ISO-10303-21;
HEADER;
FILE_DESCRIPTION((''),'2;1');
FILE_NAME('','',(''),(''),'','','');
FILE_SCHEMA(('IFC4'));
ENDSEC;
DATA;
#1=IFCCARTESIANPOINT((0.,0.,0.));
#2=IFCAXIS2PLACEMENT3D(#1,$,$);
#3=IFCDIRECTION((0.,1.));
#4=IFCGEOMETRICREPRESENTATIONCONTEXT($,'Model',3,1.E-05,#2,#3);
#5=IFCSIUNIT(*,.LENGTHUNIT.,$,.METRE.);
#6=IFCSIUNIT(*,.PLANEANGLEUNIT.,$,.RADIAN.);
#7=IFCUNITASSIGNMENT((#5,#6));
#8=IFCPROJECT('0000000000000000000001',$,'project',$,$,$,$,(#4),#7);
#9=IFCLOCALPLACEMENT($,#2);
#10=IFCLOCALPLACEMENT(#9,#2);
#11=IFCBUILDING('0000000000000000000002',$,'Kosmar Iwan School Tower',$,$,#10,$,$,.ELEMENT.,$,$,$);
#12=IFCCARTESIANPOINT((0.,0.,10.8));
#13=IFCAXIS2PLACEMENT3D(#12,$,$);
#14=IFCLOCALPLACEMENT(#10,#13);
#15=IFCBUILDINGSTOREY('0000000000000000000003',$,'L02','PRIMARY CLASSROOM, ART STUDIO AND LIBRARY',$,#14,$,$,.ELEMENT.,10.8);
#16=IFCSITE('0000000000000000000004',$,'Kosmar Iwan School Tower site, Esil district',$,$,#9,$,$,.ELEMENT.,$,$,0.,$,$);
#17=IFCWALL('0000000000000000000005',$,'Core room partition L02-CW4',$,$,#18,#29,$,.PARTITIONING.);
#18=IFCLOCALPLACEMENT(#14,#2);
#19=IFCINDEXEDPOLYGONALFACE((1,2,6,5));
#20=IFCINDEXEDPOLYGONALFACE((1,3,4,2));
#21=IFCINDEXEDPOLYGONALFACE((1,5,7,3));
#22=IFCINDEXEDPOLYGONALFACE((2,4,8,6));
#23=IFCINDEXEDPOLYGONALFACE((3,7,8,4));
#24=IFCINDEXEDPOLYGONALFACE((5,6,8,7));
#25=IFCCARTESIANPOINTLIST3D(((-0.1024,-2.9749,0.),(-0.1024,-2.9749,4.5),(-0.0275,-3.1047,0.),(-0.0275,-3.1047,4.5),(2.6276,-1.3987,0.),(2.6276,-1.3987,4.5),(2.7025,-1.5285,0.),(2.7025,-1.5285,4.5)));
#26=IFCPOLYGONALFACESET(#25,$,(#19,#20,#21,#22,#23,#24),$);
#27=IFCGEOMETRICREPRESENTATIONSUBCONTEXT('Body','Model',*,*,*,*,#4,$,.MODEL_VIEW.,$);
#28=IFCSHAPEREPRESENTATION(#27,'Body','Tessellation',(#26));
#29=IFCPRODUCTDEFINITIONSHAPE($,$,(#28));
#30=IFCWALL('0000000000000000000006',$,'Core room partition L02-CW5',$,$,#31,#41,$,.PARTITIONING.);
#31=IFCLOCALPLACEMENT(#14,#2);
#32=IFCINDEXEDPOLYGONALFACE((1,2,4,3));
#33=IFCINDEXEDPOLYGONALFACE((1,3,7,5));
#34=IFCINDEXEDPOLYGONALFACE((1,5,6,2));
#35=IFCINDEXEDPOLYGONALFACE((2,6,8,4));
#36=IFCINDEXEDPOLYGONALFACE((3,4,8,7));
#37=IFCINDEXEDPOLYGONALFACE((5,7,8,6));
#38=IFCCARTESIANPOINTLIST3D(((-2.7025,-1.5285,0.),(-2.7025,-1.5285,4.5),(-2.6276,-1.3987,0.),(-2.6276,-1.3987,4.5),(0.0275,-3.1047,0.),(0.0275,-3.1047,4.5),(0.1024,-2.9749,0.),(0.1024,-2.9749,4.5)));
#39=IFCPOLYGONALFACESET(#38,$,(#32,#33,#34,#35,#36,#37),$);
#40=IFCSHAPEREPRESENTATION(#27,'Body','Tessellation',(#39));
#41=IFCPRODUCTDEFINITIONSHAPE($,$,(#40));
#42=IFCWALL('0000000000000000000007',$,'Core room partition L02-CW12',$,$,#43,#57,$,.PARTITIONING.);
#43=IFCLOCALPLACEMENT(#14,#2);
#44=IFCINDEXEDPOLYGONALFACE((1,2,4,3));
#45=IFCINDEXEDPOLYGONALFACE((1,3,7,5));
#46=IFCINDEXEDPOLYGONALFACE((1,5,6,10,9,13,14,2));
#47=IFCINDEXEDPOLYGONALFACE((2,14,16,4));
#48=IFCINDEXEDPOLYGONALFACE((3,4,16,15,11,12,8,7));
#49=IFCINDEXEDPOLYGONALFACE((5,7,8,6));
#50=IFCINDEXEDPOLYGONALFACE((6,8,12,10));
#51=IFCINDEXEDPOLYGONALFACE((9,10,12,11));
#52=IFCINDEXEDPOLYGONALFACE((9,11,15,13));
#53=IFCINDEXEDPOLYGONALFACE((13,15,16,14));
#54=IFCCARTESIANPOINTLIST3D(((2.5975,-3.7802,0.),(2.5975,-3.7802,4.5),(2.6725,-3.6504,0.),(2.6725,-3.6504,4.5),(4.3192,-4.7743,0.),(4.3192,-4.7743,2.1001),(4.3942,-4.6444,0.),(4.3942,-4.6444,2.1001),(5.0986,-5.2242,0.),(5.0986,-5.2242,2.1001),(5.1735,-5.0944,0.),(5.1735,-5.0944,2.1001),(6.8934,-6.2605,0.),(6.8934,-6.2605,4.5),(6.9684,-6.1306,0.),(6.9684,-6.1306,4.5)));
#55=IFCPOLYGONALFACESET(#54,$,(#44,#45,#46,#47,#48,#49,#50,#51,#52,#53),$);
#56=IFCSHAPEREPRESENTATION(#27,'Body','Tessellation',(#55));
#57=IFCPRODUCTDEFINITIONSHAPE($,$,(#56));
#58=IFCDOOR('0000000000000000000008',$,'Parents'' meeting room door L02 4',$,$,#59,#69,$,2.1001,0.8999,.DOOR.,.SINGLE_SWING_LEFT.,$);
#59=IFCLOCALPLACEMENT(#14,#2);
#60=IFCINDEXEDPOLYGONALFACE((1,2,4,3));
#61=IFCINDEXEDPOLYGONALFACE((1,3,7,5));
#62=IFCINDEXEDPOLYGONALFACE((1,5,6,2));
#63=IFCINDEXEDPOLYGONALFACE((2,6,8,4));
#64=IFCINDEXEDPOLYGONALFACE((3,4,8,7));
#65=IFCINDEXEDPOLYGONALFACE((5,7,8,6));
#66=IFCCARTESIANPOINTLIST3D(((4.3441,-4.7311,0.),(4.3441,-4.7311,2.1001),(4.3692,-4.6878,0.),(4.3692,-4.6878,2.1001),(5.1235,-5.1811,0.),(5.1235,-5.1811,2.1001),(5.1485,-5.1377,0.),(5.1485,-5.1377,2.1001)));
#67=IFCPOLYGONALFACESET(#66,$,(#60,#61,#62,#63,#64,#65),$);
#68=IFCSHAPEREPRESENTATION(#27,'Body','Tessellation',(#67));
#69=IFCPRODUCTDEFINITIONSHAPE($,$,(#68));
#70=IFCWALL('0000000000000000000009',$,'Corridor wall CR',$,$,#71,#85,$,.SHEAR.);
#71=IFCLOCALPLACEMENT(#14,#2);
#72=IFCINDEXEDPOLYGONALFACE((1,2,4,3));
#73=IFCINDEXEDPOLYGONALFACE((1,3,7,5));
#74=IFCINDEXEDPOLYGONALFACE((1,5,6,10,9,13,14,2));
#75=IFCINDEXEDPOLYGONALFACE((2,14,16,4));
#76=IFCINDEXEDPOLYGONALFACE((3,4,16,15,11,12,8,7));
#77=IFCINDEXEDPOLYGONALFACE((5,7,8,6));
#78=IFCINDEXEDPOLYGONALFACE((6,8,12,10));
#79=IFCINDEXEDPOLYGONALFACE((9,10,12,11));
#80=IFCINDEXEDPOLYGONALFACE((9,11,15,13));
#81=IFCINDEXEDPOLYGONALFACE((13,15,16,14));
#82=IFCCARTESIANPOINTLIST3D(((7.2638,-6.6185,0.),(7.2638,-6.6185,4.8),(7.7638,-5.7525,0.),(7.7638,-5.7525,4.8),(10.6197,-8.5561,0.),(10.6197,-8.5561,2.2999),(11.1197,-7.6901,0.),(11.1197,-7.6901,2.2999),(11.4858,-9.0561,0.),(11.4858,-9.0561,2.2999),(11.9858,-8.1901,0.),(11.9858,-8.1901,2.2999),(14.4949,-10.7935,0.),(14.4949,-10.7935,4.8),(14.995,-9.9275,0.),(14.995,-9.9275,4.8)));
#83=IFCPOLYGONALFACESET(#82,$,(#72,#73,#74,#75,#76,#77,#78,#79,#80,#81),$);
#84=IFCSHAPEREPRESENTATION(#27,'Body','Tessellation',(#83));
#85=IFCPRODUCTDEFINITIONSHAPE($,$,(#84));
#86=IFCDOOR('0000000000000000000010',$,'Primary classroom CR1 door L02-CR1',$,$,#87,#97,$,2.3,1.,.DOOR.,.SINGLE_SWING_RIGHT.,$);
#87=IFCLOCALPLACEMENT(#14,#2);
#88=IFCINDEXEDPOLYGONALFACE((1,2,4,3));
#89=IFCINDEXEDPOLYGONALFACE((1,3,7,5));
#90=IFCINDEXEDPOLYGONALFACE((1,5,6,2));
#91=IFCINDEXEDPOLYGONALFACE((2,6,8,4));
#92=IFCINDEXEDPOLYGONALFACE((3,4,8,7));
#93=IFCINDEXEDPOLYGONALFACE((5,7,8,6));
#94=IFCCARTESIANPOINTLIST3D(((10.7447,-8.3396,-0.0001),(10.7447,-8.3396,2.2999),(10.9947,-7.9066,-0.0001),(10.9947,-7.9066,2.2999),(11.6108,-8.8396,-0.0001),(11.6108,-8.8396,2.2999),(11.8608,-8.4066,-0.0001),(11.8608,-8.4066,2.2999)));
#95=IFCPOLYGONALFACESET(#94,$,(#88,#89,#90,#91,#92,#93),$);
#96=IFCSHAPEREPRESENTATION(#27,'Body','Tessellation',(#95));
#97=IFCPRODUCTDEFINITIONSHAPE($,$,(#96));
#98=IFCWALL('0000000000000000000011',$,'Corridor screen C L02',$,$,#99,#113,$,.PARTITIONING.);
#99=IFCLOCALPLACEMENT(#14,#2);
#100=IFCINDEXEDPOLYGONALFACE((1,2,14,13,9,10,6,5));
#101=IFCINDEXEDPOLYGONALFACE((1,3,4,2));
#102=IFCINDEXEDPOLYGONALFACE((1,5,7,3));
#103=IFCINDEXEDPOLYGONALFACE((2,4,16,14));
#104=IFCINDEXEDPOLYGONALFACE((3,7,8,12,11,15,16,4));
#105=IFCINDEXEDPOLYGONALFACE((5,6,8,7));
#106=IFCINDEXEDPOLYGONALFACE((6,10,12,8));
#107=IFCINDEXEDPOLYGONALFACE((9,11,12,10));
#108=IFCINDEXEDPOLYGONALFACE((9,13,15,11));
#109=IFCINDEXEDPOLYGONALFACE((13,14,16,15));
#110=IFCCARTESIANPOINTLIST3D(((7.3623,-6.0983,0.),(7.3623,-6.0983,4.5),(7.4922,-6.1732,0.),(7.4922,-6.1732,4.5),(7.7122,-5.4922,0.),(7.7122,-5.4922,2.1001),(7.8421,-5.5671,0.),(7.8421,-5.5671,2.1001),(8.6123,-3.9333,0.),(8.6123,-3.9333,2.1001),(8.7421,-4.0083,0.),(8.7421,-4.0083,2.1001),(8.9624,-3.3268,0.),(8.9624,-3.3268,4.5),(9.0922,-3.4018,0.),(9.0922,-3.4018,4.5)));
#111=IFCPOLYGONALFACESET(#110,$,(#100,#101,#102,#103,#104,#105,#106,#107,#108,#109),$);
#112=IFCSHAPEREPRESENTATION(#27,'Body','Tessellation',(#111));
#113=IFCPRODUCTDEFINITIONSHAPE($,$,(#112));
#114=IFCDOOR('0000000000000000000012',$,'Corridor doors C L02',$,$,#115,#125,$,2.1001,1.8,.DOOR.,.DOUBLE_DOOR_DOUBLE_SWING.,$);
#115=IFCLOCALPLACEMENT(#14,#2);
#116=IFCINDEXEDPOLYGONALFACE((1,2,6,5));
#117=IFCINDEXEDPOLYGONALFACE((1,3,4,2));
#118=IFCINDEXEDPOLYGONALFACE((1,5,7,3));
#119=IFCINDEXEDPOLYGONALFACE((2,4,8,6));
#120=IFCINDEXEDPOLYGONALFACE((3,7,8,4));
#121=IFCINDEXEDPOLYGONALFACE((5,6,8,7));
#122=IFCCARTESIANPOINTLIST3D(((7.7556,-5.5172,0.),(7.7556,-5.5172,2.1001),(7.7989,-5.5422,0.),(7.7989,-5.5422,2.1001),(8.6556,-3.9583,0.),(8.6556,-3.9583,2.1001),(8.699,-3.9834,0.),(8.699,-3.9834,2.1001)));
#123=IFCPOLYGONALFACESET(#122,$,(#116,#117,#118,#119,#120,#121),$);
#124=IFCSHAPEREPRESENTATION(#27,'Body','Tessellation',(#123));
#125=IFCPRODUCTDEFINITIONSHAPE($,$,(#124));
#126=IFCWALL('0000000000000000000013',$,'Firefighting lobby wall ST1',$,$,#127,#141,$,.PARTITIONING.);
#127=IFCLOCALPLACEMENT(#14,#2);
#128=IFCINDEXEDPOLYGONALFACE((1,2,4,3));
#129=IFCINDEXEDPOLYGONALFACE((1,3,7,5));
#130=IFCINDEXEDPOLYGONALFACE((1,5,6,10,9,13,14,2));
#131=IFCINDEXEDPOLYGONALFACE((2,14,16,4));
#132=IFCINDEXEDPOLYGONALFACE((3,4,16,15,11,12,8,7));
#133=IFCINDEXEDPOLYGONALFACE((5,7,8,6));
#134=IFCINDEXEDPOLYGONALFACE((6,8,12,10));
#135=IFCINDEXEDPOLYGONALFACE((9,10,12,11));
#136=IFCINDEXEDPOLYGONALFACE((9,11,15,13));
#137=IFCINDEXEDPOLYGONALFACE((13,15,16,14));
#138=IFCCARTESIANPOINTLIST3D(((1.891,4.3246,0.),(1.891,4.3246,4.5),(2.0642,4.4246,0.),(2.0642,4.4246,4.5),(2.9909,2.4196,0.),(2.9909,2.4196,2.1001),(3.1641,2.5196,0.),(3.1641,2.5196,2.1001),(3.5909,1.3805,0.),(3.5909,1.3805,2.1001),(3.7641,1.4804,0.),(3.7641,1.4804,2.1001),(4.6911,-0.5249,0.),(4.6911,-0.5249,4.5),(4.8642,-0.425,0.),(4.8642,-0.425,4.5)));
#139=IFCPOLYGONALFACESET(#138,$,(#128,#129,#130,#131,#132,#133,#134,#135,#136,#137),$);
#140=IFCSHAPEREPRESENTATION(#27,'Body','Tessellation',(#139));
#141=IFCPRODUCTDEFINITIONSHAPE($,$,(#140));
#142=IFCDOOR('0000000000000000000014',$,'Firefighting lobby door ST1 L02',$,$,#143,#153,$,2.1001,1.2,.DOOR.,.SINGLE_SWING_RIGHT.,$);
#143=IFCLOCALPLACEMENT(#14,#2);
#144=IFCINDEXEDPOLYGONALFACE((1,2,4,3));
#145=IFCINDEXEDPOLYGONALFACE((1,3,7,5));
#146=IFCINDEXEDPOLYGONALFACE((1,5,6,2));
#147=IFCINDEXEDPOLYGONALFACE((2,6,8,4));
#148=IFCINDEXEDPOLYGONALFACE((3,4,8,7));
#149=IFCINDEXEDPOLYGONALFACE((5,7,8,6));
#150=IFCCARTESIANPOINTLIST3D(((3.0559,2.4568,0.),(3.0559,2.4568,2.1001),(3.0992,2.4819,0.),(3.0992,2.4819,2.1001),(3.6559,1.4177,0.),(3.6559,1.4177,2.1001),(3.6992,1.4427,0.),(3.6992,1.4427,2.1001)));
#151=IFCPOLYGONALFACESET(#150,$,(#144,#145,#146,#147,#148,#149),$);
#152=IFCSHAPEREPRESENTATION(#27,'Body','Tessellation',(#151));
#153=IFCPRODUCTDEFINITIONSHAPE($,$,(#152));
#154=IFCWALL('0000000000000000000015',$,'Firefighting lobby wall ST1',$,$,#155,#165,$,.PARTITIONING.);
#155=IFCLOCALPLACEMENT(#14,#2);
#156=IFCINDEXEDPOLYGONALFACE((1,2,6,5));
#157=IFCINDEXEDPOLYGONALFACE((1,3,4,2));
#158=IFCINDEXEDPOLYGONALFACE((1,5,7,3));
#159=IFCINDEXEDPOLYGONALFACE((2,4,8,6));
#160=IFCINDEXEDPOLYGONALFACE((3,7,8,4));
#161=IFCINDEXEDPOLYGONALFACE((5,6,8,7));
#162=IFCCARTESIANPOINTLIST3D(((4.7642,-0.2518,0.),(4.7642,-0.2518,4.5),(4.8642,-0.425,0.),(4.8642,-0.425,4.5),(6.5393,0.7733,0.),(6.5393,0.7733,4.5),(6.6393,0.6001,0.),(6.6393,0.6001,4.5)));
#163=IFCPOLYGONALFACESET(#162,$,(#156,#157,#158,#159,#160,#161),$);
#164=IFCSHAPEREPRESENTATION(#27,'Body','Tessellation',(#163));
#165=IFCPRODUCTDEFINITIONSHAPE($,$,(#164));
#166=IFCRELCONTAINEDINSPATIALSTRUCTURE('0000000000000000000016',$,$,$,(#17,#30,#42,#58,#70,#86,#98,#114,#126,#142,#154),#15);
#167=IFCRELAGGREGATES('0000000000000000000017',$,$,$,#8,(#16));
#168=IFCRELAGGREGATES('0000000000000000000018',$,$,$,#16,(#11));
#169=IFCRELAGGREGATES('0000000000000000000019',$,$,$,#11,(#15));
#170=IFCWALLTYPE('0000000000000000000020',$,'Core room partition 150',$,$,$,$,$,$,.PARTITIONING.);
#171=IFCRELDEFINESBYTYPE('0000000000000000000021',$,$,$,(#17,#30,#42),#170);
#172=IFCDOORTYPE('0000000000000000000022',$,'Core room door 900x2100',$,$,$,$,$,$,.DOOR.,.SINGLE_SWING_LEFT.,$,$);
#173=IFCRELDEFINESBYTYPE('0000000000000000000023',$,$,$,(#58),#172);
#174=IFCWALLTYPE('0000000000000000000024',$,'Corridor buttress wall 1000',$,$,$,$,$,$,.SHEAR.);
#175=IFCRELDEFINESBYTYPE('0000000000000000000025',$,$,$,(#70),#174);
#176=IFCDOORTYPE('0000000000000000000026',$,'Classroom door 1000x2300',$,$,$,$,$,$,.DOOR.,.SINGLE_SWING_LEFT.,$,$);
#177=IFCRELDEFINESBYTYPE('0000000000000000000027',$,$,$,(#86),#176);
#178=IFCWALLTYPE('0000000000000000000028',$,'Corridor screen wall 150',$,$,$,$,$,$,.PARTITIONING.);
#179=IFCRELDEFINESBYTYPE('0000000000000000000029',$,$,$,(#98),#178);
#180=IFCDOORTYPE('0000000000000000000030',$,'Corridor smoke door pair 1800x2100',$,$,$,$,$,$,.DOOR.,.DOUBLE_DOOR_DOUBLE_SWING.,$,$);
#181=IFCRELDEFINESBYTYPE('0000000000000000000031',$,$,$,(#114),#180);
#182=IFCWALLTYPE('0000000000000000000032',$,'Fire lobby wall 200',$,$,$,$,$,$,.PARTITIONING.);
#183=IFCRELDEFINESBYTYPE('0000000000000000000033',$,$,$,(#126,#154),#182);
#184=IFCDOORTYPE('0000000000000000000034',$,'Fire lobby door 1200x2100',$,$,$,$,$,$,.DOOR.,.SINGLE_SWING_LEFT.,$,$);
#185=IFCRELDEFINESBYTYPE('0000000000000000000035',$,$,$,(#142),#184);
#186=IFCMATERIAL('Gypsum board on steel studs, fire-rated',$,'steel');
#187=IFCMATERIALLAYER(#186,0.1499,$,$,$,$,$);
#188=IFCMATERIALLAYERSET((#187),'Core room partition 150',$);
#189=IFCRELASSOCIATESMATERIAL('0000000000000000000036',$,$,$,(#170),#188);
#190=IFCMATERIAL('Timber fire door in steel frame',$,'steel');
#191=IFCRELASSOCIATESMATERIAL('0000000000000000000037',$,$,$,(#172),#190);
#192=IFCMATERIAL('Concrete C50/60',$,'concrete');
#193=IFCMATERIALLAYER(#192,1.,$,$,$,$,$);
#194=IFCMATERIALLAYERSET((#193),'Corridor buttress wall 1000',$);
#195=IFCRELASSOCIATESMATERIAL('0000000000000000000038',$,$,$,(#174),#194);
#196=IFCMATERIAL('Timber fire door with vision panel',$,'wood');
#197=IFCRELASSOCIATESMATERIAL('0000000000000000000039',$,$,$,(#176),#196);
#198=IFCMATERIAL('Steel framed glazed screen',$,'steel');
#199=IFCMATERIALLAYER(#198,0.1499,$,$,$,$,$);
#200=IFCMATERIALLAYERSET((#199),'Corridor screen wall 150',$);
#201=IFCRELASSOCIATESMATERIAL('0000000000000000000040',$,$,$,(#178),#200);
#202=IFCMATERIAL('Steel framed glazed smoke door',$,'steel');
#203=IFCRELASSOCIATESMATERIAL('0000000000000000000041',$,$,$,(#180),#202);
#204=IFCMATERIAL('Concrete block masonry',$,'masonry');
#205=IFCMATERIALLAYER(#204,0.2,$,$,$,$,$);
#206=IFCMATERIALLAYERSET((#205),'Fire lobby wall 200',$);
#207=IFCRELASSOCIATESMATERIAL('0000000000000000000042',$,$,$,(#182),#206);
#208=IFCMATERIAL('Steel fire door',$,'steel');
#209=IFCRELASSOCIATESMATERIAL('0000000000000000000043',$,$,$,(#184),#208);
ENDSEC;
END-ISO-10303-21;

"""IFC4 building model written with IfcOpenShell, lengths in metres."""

from ifc_helpers import new_model, si_unit, direction, frame, frame_2d, origin, place, context, subcontext, project, spatial, rectangle, extrude, material, layer, layer_set, type_object, element, fill, save


model = new_model("IFC4")

# Units and contexts
model_context = context("Model", 3, precision=1e-05, world=origin(), true_north=direction((0.0, 1.0)))
body_context = subcontext(model_context, "Body", "Model", "MODEL_VIEW")
ifc_project = project(units=[si_unit("LENGTHUNIT", "METRE"), si_unit("PLANEANGLEUNIT", "RADIAN")], contexts=[model_context])

# Site, building, storey
site_placement = place(None, origin())
site = spatial("IfcSite", under=ifc_project, at=site_placement, Name="Kosmar Iwan School Tower site, Esil district", CompositionType="ELEMENT", RefElevation=0.0)
building_placement = place(site_placement, origin())
building = spatial("IfcBuilding", under=site, at=building_placement, Name="Kosmar Iwan School Tower", CompositionType="ELEMENT")
storey_placement = place(building_placement, frame((0.0, 0.0, 10.8)))
storey = spatial("IfcBuildingStorey", under=building, at=storey_placement, Name="L02", Description="PRIMARY CLASSROOM, ART STUDIO AND LIBRARY", CompositionType="ELEMENT", Elevation=10.8)

# Walls
ifc_material_1 = material(Name="Gypsum board on steel studs, fire-rated", Category="steel")
ifc_layer_1 = layer(ifc_material_1, 0.1499)
ifc_layer_set_1 = layer_set([ifc_layer_1], Name="Core room partition 150")
wall_type_1 = type_object("IfcWallType", Name="Core room partition 150", PredefinedType="PARTITIONING", material=ifc_layer_set_1)
for number, where, z_axis, x_axis, name in (
    (1, (2.665, -1.4636, 0.0), (0.0, 0.0, 1.0), (-0.866023, -0.500004, 0.0), "Core room partition L02-CW4"),
    (2, (0.0649, -3.0398, 0.0), (0.0, 0.0, 1.0), (-0.866023, 0.500004, 0.0), "Core room partition L02-CW5"),
):
    element("IfcWall", number, at=place(storey_placement, frame(where, z_axis=z_axis, x_axis=x_axis)), inside=storey, type_object=wall_type_1, Name=name, PredefinedType="PARTITIONING", context=body_context, shape_type="SweptSolid", body=[
        extrude(rectangle(XDim=3.1523, YDim=0.1499, at=frame_2d((1.5762, 0.0))), origin(), (0.0, 0.0, 1.0), 4.5),
    ])

# Walls, openings, doors
wall_1_placement = place(storey_placement, frame((2.635, -3.7153, 0.0), z_axis=(0.0, 0.0, 1.0), x_axis=(0.866027, -0.499998, 0.0)))
wall_1 = element("IfcWall", 3, at=wall_1_placement, inside=storey, type_object=wall_type_1, Name="Core room partition L02-CW12", PredefinedType="PARTITIONING", context=body_context, shape_type="SweptSolid", body=[
    extrude(rectangle(XDim=4.9604, YDim=0.1499, at=frame_2d((2.4802, 0.0))), origin(), (0.0, 0.0, 1.0), 4.5),
])
opening_1_placement = place(wall_1_placement, frame((1.988, 0.0, 0.0)))
opening_1 = element("IfcOpeningElement", 4, at=opening_1_placement, cuts=wall_1, PredefinedType="OPENING", context=body_context, shape_type="SweptSolid", body=[
    extrude(rectangle(XDim=0.8999, YDim=2.1001, at=frame_2d((0.45, 1.05))), frame((0.0, 0.0869, 0.0), z_axis=(0.0, -1.0, 0.0), x_axis=(1.0, 0.0, 0.0)), (0.0, 0.0, 1.0), 0.1738),
])
ifc_material_2 = material(Name="Timber fire door in steel frame", Category="steel")
door_type_1 = type_object("IfcDoorType", Name="Core room door 900x2100", OperationType="SINGLE_SWING_LEFT", PredefinedType="DOOR", material=ifc_material_2)
door_1_placement = place(opening_1_placement, origin())
door_1 = element("IfcDoor", 5, at=door_1_placement, inside=storey, type_object=door_type_1, Name="Parents' meeting room door L02 4", OperationType="SINGLE_SWING_LEFT", OverallHeight=2.1001, OverallWidth=0.8999, PredefinedType="DOOR", context=body_context, shape_type="SweptSolid", body=[
    extrude(rectangle(XDim=0.8999, YDim=2.1001, at=frame_2d((0.45, 1.05))), frame((0.0, 0.0249, 0.0), z_axis=(0.0, -1.0, 0.0), x_axis=(1.0, 0.0, 0.0)), (0.0, 0.0, 1.0), 0.05),
])
fill(opening_1, door_1)
ifc_material_3 = material(Name="Concrete C50/60", Category="concrete")
ifc_layer_2 = layer(ifc_material_3, 1.0)
ifc_layer_set_2 = layer_set([ifc_layer_2], Name="Corridor buttress wall 1000")
wall_type_2 = type_object("IfcWallType", Name="Corridor buttress wall 1000", PredefinedType="SHEAR", material=ifc_layer_set_2)
wall_2_placement = place(storey_placement, frame((7.5139, -6.1855, 0.0), z_axis=(0.0, 0.0, 1.0), x_axis=(0.86602, -0.50001, 0.0)))
wall_2 = element("IfcWall", 6, at=wall_2_placement, inside=storey, type_object=wall_type_2, Name="Corridor wall CR", PredefinedType="SHEAR", context=body_context, shape_type="SweptSolid", body=[
    extrude(rectangle(XDim=8.3499, YDim=1.0, at=frame_2d((4.1748, 0.0))), origin(), (0.0, 0.0, 1.0), 4.8),
])
opening_2_placement = place(wall_2_placement, frame((3.875, 0.0, 0.0)))
opening_2 = element("IfcOpeningElement", 7, at=opening_2_placement, cuts=wall_2, PredefinedType="OPENING", context=body_context, shape_type="SweptSolid", body=[
    extrude(rectangle(XDim=1.0, YDim=2.3, at=frame_2d((0.5, 1.1499))), frame((0.0, 0.512, 0.0), z_axis=(0.0, -1.0, 0.0), x_axis=(1.0, 0.0, 0.0)), (0.0, 0.0, 1.0), 1.0239),
])
ifc_material_4 = material(Name="Timber fire door with vision panel", Category="wood")
door_type_2 = type_object("IfcDoorType", Name="Classroom door 1000x2300", OperationType="SINGLE_SWING_LEFT", PredefinedType="DOOR", material=ifc_material_4)
door_2_placement = place(opening_2_placement, origin())
door_2 = element("IfcDoor", 8, at=door_2_placement, inside=storey, type_object=door_type_2, Name="Primary classroom CR1 door L02-CR1", OperationType="SINGLE_SWING_RIGHT", OverallHeight=2.3, OverallWidth=1.0, PredefinedType="DOOR", context=body_context, shape_type="SweptSolid", body=[
    extrude(rectangle(XDim=1.0, YDim=2.3, at=frame_2d((0.5, 1.1499))), frame((0.0, 0.25, 0.0), z_axis=(0.0, -1.0, 0.0), x_axis=(1.0, 0.0, 0.0)), (0.0, 0.0, 1.0), 0.5),
])
fill(opening_2, door_2)
ifc_material_5 = material(Name="Steel framed glazed screen", Category="steel")
ifc_layer_3 = layer(ifc_material_5, 0.1499)
ifc_layer_set_3 = layer_set([ifc_layer_3], Name="Corridor screen wall 150")
wall_type_3 = type_object("IfcWallType", Name="Corridor screen wall 150", PredefinedType="PARTITIONING", material=ifc_layer_set_3)
wall_3_placement = place(storey_placement, frame((7.4272, -6.1357, 0.0), z_axis=(0.0, 0.0, 1.0), x_axis=(0.499995, 0.866028, 0.0)))
wall_3 = element("IfcWall", 9, at=wall_3_placement, inside=storey, type_object=wall_type_3, Name="Corridor screen C L02", PredefinedType="PARTITIONING", context=body_context, shape_type="SweptSolid", body=[
    extrude(rectangle(XDim=3.2002, YDim=0.1499, at=frame_2d((1.6001, 0.0))), origin(), (0.0, 0.0, 1.0), 4.5),
])
opening_3_placement = place(wall_3_placement, frame((0.7, 0.0, 0.0)))
opening_3 = element("IfcOpeningElement", 10, at=opening_3_placement, cuts=wall_3, PredefinedType="OPENING", context=body_context, shape_type="SweptSolid", body=[
    extrude(rectangle(XDim=1.8, YDim=2.1001, at=frame_2d((0.8999, 1.05))), frame((0.0, 0.0869, 0.0), z_axis=(0.0, -1.0, 0.0), x_axis=(1.0, 0.0, 0.0)), (0.0, 0.0, 1.0), 0.1738),
])
ifc_material_6 = material(Name="Steel framed glazed smoke door", Category="steel")
door_type_3 = type_object("IfcDoorType", Name="Corridor smoke door pair 1800x2100", OperationType="DOUBLE_DOOR_DOUBLE_SWING", PredefinedType="DOOR", material=ifc_material_6)
door_3_placement = place(opening_3_placement, origin())
door_3 = element("IfcDoor", 11, at=door_3_placement, inside=storey, type_object=door_type_3, Name="Corridor doors C L02", OperationType="DOUBLE_DOOR_DOUBLE_SWING", OverallHeight=2.1001, OverallWidth=1.8, PredefinedType="DOOR", context=body_context, shape_type="SweptSolid", body=[
    extrude(rectangle(XDim=1.8, YDim=2.1001, at=frame_2d((0.8999, 1.05))), frame((0.0, 0.0249, 0.0), z_axis=(0.0, -1.0, 0.0), x_axis=(1.0, 0.0, 0.0)), (0.0, 0.0, 1.0), 0.05),
])
fill(opening_3, door_3)
ifc_material_7 = material(Name="Concrete block masonry", Category="masonry")
ifc_layer_4 = layer(ifc_material_7, 0.2)
ifc_layer_set_4 = layer_set([ifc_layer_4], Name="Fire lobby wall 200")
wall_type_4 = type_object("IfcWallType", Name="Fire lobby wall 200", PredefinedType="PARTITIONING", material=ifc_layer_set_4)
wall_4_placement = place(storey_placement, frame((4.7776, -0.4749, 0.0), z_axis=(0.0, 0.0, 1.0), x_axis=(-0.500017, 0.866016, 0.0)))
wall_4 = element("IfcWall", 12, at=wall_4_placement, inside=storey, type_object=wall_type_4, Name="Firefighting lobby wall ST1", PredefinedType="PARTITIONING", context=body_context, shape_type="SweptSolid", body=[
    extrude(rectangle(XDim=5.5999, YDim=0.2, at=frame_2d((2.7998, 0.0))), origin(), (0.0, 0.0, 1.0), 4.5),
])
opening_4_placement = place(wall_4_placement, frame((2.2, 0.0, 0.0)))
opening_4 = element("IfcOpeningElement", 13, at=opening_4_placement, cuts=wall_4, PredefinedType="OPENING", context=body_context, shape_type="SweptSolid", body=[
    extrude(rectangle(XDim=1.2, YDim=2.1001, at=frame_2d((0.6001, 1.05))), frame((0.0, 0.1121, 0.0), z_axis=(0.0, -1.0, 0.0), x_axis=(1.0, 0.0, 0.0)), (0.0, 0.0, 1.0), 0.2239),
])
ifc_material_8 = material(Name="Steel fire door", Category="steel")
door_type_4 = type_object("IfcDoorType", Name="Fire lobby door 1200x2100", OperationType="SINGLE_SWING_LEFT", PredefinedType="DOOR", material=ifc_material_8)
door_4_placement = place(opening_4_placement, frame((1.2, 0.0, 0.0), z_axis=(0.0, 0.0, 1.0), x_axis=(-1.0, 0.0, 0.0)))
door_4 = element("IfcDoor", 14, at=door_4_placement, inside=storey, type_object=door_type_4, Name="Firefighting lobby door ST1 L02", OperationType="SINGLE_SWING_RIGHT", OverallHeight=2.1001, OverallWidth=1.2, PredefinedType="DOOR", context=body_context, shape_type="SweptSolid", body=[
    extrude(rectangle(XDim=1.2, YDim=2.1001, at=frame_2d((0.6001, 1.05))), frame((0.0, 0.0249, 0.0), z_axis=(0.0, -1.0, 0.0), x_axis=(1.0, 0.0, 0.0)), (0.0, 0.0, 1.0), 0.05),
])
fill(opening_4, door_4)

# Wall
wall_5_placement = place(storey_placement, frame((4.8142, -0.3384, 0.0), z_axis=(0.0, 0.0, 1.0), x_axis=(0.865969, 0.500097, 0.0)))
element("IfcWall", 15, at=wall_5_placement, inside=storey, type_object=wall_type_4, Name="Firefighting lobby wall ST1", PredefinedType="PARTITIONING", context=body_context, shape_type="SweptSolid", body=[
    extrude(rectangle(XDim=2.0498, YDim=0.2, at=frame_2d((1.0249, 0.0))), origin(), (0.0, 0.0, 1.0), 4.5),
])

save(model, "model.ifc")
